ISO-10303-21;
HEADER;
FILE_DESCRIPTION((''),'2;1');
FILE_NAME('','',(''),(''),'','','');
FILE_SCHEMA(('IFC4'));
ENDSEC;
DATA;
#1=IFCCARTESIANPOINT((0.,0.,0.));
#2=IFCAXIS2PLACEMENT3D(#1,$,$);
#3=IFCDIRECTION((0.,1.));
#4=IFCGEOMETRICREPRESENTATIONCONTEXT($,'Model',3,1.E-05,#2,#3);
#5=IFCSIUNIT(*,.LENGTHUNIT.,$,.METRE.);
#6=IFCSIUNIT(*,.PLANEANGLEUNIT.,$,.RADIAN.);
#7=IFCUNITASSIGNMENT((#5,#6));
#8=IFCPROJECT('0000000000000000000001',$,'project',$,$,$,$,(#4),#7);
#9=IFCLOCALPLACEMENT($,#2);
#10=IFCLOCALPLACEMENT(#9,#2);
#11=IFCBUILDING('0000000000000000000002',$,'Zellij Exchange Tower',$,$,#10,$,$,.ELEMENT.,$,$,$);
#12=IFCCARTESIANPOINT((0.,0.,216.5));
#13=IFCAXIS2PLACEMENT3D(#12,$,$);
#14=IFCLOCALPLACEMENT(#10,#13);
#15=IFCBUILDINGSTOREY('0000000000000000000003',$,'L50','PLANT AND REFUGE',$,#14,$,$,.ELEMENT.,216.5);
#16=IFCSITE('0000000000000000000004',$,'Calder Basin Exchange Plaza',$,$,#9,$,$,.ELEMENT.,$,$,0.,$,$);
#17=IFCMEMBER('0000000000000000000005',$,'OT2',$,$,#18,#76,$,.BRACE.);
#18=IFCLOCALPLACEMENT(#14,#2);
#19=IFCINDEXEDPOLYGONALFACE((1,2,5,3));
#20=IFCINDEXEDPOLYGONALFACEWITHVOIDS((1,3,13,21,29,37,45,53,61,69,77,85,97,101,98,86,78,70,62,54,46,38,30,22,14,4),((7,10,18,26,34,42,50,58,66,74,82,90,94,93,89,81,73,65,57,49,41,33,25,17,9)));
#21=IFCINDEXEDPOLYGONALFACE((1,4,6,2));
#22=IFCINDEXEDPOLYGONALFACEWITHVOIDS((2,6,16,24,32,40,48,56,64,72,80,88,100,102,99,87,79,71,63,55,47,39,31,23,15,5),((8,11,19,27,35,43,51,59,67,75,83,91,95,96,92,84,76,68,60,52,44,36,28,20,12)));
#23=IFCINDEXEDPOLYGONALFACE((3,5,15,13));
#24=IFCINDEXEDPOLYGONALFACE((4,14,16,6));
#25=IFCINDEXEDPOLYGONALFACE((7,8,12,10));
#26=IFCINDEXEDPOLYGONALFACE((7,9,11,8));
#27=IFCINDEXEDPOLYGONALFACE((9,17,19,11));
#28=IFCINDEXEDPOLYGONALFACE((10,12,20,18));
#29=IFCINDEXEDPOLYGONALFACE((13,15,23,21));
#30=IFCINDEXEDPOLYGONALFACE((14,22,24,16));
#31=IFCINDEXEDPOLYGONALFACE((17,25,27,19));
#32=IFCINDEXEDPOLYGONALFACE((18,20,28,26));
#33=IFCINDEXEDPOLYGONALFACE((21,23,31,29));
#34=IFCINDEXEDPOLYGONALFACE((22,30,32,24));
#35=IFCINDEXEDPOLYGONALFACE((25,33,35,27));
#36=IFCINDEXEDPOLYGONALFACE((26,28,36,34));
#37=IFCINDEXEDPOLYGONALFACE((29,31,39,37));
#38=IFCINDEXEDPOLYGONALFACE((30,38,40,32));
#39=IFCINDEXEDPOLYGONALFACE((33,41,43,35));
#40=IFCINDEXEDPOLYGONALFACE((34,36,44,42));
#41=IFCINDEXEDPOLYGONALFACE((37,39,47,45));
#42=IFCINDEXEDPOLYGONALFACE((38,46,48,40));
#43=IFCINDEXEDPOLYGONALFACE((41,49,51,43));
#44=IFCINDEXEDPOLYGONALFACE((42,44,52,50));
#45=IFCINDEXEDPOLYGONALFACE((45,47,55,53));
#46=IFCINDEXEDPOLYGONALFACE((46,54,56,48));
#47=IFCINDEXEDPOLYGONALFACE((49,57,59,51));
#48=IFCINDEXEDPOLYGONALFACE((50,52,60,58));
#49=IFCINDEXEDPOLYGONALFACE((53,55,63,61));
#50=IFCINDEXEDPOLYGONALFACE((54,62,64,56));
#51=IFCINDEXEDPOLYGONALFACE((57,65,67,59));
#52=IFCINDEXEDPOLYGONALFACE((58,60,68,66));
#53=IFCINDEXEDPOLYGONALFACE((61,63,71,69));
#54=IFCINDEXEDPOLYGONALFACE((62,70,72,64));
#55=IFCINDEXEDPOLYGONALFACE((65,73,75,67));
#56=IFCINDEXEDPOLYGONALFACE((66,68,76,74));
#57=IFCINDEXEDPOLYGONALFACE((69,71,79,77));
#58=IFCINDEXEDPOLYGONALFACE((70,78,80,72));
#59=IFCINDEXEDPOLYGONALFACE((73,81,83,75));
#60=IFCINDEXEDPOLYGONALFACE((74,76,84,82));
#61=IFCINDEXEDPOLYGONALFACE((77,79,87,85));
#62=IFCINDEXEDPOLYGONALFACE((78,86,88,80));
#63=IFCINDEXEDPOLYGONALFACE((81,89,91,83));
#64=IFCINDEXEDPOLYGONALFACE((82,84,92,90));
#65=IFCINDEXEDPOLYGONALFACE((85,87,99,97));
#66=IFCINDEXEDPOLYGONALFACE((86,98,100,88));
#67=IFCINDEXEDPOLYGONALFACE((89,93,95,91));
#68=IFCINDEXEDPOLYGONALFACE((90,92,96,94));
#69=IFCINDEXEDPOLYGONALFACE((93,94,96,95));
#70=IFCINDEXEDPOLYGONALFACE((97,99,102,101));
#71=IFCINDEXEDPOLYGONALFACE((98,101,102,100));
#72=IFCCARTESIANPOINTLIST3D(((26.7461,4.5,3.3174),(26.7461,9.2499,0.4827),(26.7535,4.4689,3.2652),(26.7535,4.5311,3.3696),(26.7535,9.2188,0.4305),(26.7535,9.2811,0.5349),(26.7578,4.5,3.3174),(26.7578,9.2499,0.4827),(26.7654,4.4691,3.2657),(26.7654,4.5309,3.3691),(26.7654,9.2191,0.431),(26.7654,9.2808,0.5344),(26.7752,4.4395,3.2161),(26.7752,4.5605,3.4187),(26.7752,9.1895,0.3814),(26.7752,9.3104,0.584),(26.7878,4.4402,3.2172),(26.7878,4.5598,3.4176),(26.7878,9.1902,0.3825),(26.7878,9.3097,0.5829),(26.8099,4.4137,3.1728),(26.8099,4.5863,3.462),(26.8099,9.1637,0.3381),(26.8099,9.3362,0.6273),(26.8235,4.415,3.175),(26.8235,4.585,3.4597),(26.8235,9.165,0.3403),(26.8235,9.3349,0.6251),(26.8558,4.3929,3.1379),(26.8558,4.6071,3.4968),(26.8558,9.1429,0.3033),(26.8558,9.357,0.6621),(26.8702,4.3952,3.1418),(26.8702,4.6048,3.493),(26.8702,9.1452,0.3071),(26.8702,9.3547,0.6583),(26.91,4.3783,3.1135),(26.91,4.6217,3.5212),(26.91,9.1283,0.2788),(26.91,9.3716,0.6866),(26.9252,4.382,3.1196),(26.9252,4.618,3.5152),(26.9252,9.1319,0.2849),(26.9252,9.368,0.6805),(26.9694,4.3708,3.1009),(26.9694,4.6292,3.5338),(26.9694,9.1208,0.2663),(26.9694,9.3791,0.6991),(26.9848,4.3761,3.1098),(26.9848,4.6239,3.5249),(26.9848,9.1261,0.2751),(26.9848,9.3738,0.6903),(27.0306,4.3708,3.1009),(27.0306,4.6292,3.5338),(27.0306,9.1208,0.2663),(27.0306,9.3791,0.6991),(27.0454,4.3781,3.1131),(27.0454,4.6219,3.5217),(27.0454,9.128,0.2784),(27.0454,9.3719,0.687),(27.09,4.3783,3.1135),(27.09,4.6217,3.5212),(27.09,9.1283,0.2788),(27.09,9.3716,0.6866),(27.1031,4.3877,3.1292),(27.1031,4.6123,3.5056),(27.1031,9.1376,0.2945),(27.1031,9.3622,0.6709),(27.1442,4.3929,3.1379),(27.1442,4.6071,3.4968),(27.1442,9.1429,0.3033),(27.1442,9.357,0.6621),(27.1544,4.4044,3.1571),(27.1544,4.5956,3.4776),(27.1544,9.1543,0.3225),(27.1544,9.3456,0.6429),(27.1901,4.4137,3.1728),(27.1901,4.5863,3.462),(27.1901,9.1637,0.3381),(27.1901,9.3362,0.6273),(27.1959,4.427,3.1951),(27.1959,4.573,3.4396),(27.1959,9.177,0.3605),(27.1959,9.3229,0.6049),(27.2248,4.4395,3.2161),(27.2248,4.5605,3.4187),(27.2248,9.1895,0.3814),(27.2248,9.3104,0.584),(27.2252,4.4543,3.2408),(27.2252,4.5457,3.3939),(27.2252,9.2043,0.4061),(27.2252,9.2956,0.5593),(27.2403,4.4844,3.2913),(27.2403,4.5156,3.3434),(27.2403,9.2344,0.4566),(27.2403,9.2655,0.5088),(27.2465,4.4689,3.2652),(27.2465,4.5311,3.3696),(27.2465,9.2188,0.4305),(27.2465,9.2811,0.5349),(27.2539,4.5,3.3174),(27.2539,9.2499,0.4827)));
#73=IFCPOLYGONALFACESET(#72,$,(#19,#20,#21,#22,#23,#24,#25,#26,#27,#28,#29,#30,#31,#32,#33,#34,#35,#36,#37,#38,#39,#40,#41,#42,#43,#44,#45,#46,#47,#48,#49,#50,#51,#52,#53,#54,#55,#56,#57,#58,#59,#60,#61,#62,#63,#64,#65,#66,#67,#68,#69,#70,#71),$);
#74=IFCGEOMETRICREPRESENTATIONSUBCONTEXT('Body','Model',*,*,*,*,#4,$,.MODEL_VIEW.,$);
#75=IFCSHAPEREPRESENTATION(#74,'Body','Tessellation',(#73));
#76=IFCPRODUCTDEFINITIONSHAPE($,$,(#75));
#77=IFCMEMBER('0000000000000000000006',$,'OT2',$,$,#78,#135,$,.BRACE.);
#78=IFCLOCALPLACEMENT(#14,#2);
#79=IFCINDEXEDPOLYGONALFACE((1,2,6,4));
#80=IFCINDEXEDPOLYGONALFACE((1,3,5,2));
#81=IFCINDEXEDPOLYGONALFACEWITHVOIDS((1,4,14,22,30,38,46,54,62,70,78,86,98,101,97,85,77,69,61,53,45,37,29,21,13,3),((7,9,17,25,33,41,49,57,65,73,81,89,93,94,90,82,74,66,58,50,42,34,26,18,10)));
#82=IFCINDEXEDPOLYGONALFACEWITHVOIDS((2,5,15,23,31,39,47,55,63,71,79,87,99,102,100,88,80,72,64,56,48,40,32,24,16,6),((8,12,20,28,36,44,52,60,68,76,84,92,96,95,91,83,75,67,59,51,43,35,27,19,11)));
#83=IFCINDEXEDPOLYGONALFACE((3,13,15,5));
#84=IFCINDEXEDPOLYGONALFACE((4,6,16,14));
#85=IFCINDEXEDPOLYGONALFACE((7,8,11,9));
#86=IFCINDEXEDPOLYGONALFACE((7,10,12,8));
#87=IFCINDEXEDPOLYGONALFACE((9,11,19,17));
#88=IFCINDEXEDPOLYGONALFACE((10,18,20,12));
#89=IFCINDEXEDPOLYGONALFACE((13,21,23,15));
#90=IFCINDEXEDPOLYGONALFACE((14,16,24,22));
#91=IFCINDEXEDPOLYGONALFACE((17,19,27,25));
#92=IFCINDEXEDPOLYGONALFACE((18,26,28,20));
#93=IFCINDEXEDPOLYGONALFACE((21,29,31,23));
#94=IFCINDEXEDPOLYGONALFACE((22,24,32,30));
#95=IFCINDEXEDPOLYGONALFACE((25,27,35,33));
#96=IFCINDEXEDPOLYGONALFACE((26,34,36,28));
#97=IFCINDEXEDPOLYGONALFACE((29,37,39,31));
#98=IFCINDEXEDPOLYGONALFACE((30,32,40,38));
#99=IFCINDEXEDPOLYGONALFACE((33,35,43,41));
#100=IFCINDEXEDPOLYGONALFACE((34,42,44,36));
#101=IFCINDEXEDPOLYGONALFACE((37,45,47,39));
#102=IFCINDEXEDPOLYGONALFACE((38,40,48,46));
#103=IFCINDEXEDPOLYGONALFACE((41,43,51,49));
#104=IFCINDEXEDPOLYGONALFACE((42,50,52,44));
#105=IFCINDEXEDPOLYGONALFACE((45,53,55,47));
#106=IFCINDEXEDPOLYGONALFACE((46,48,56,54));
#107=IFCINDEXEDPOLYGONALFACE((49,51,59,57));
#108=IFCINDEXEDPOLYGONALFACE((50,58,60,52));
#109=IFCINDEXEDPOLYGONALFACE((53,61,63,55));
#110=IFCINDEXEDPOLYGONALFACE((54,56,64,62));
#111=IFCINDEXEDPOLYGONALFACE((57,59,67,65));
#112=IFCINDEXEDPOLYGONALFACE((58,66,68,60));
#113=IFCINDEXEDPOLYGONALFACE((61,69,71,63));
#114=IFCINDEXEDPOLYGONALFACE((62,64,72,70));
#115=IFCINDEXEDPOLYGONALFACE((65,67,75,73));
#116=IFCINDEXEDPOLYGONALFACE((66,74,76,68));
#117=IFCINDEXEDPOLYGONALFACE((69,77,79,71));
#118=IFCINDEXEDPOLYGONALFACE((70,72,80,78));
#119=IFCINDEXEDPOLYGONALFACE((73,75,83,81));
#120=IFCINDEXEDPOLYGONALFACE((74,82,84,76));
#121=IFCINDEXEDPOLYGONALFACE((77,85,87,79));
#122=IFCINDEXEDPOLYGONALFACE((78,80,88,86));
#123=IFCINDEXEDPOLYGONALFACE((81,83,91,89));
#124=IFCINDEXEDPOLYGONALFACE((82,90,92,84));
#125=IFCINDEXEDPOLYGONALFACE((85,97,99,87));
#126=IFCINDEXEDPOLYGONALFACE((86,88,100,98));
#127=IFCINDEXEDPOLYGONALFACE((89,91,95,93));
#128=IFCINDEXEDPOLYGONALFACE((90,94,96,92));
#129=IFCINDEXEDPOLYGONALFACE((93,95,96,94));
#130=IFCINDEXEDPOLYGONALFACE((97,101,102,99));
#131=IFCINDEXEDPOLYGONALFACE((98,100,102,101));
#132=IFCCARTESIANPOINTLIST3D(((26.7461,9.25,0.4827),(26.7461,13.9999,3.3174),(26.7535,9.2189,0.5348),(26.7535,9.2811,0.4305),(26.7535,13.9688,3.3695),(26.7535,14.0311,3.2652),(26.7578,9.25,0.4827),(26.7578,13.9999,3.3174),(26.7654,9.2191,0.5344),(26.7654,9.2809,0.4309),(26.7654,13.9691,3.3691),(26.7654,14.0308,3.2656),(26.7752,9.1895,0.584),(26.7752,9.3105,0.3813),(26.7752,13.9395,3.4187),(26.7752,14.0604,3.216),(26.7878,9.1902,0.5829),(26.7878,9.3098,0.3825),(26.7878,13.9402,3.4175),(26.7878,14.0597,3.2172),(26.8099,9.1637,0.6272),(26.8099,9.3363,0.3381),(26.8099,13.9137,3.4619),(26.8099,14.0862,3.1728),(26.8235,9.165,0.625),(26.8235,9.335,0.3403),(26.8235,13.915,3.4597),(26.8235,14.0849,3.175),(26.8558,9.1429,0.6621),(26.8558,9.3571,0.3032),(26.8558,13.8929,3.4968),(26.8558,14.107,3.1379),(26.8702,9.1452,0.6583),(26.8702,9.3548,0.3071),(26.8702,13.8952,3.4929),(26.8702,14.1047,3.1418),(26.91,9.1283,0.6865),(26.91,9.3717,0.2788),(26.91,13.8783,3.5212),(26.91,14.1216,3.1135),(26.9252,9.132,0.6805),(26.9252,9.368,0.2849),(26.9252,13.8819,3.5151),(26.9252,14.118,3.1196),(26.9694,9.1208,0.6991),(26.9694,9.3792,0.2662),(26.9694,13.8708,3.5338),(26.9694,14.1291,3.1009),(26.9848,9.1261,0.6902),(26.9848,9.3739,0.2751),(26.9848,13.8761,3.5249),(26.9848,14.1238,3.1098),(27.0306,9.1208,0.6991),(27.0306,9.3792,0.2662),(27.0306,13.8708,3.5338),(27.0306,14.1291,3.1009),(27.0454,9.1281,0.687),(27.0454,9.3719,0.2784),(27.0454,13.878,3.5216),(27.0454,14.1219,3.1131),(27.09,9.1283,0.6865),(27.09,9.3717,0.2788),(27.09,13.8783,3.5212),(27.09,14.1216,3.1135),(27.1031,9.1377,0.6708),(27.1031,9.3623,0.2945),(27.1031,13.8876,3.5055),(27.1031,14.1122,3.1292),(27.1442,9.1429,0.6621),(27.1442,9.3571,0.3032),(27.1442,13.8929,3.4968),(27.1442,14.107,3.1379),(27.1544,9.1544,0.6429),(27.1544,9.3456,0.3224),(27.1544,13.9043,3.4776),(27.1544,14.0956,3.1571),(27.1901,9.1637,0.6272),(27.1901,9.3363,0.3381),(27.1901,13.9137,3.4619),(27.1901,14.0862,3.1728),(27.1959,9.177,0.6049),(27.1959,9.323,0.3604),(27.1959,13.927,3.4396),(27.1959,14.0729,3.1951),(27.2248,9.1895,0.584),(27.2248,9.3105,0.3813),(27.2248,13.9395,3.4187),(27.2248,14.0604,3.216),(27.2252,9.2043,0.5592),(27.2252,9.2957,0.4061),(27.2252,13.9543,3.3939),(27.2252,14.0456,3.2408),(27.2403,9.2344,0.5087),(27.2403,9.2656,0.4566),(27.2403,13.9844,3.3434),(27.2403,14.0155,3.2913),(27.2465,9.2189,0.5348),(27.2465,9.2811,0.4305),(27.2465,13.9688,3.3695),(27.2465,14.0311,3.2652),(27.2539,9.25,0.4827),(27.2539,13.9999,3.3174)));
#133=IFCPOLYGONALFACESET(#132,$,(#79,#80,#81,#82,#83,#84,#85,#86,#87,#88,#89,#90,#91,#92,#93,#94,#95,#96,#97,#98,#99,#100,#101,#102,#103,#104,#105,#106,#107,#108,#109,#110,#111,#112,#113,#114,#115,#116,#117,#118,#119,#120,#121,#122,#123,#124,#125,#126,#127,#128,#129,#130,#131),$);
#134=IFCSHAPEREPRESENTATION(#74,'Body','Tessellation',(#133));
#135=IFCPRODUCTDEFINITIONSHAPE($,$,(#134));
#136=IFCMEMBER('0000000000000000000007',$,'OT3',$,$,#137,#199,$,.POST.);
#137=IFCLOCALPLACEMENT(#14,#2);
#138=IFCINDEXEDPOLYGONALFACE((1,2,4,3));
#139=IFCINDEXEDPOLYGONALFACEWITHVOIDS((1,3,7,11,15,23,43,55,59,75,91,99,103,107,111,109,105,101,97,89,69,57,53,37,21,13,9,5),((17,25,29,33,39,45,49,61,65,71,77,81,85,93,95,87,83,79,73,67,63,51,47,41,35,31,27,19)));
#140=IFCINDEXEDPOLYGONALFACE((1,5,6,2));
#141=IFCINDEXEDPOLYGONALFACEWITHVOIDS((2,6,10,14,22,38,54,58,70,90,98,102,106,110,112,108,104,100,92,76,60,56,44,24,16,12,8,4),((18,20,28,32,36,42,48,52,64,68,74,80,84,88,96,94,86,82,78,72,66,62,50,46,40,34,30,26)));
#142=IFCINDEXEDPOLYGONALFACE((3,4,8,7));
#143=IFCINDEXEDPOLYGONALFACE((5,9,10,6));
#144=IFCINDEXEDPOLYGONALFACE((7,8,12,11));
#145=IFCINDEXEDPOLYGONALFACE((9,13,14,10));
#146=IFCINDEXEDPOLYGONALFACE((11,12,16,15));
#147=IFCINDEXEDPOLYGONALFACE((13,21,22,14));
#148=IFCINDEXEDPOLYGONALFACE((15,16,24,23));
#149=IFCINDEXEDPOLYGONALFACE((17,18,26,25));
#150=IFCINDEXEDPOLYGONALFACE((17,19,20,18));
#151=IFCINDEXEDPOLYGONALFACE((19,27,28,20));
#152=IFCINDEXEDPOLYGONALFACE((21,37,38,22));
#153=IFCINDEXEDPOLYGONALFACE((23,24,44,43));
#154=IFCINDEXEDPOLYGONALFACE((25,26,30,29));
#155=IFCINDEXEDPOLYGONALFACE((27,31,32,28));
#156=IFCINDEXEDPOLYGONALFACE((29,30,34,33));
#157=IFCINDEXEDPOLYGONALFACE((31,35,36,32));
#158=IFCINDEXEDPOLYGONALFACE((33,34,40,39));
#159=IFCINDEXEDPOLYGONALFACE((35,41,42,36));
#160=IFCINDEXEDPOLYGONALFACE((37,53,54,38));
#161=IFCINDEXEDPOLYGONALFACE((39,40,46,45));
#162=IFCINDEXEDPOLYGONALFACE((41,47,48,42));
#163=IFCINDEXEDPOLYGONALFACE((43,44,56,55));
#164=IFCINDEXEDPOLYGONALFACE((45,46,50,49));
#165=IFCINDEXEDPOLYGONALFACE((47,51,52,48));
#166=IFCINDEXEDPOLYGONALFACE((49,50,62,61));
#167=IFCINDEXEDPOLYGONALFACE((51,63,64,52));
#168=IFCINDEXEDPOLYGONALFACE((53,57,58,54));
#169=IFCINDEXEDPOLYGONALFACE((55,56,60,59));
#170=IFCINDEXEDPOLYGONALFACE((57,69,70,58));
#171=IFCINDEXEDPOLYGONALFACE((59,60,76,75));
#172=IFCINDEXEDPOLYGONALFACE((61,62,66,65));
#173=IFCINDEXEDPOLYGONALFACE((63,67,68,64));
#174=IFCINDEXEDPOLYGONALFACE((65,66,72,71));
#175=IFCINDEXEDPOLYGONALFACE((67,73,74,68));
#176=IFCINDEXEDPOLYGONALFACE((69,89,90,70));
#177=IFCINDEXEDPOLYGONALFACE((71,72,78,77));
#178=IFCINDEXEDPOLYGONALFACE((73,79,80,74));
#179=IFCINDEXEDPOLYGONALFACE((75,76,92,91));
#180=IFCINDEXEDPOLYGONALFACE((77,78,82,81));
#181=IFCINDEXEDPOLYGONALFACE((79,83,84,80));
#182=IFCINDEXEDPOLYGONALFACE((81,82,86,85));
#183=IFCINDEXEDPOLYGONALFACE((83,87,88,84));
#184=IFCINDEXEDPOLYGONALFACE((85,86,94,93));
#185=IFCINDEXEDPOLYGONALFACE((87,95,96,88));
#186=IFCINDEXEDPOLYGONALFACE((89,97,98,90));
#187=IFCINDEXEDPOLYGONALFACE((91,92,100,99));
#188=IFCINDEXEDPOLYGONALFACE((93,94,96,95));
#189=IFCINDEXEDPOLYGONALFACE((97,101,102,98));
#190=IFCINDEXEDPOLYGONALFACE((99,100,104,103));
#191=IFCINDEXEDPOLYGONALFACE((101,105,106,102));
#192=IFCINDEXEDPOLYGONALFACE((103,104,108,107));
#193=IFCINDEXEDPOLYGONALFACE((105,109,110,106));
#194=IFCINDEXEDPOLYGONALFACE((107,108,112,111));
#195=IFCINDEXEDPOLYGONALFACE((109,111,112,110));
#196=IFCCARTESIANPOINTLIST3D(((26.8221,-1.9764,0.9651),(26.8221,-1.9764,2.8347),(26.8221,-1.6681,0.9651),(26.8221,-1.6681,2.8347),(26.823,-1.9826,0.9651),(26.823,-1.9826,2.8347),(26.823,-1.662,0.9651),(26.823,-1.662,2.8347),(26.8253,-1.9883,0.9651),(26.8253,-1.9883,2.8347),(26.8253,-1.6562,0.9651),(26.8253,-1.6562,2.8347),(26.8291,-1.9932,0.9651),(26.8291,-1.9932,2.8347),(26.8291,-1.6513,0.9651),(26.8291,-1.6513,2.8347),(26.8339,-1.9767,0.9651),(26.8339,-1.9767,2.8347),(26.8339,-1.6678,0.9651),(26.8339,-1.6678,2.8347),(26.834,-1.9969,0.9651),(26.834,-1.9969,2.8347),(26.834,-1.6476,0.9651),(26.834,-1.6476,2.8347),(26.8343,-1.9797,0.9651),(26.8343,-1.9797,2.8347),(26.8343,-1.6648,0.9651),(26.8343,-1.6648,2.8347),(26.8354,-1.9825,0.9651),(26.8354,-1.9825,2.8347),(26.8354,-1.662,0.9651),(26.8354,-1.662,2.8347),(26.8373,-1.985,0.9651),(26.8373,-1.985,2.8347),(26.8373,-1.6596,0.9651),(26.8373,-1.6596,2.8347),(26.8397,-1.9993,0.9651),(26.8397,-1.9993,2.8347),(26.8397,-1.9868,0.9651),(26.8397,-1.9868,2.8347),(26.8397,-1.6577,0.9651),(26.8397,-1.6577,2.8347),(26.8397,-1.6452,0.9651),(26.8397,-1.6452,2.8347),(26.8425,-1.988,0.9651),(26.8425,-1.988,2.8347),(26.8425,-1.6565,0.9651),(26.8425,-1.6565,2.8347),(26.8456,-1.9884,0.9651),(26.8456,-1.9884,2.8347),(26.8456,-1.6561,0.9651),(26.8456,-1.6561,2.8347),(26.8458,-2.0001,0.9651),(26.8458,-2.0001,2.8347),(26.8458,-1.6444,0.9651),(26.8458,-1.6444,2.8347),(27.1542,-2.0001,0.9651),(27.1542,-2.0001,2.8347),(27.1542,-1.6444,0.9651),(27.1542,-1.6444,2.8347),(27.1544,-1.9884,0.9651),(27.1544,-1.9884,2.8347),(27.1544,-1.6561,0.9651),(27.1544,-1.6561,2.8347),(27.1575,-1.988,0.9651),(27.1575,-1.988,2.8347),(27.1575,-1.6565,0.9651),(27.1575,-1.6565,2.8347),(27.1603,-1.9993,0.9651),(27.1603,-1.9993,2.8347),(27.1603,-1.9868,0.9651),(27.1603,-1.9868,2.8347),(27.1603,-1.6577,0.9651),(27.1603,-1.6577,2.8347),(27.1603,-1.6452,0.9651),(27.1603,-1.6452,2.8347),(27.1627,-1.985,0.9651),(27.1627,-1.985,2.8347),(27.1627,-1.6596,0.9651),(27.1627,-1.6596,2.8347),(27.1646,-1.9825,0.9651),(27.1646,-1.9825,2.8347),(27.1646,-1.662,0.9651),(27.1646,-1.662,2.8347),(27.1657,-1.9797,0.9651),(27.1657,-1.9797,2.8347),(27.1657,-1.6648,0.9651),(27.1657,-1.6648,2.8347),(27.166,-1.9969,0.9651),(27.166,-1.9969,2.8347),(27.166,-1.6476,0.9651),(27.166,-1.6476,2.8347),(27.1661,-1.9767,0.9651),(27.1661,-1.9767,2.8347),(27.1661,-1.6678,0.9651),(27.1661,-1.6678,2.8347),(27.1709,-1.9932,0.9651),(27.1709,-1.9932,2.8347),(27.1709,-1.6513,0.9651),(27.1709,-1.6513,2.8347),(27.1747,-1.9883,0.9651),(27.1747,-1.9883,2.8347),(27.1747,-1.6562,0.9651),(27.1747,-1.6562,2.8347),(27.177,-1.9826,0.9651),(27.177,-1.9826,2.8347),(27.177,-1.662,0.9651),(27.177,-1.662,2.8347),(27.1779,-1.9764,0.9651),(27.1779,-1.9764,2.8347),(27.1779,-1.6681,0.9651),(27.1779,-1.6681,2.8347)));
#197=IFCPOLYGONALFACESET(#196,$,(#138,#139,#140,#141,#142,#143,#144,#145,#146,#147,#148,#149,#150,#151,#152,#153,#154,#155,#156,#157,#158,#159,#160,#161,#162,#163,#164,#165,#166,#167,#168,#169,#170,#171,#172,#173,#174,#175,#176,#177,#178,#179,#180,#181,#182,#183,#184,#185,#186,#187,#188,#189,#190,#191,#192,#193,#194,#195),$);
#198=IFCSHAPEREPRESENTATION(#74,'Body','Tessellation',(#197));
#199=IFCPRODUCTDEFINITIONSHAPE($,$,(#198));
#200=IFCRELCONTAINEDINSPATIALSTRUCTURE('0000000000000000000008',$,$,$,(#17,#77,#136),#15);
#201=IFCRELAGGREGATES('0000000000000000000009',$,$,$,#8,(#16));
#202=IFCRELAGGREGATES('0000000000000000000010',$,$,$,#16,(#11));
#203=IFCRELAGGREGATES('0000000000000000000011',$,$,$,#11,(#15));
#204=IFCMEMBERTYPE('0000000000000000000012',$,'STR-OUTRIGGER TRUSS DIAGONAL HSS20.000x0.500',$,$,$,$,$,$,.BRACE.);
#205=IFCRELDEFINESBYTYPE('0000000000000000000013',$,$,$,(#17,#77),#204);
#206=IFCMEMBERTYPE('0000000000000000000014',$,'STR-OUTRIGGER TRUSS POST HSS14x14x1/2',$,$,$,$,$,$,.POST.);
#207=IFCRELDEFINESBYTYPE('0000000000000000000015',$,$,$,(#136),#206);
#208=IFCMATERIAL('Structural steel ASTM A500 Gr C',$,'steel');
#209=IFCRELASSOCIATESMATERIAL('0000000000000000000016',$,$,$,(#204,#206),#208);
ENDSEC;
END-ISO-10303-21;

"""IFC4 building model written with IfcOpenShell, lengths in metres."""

from ifc_helpers import new_model, si_unit, direction, frame, origin, origin_2d, place, context, subcontext, project, spatial, hollow_rectangle, hollow_circle, extrude, material, material_profile, profile_set, type_object, element, save


model = new_model("IFC4")

# Units and contexts
model_context = context("Model", 3, precision=1e-05, world=origin(), true_north=direction((0.0, 1.0)))
body_context = subcontext(model_context, "Body", "Model", "MODEL_VIEW")
ifc_project = project(units=[si_unit("LENGTHUNIT", "METRE"), si_unit("PLANEANGLEUNIT", "RADIAN")], contexts=[model_context])

# Site, building, storey
site_placement = place(None, origin())
site = spatial("IfcSite", under=ifc_project, at=site_placement, Name="Calder Basin Exchange Plaza", CompositionType="ELEMENT", RefElevation=0.0)
building_placement = place(site_placement, origin())
building = spatial("IfcBuilding", under=site, at=building_placement, Name="Zellij Exchange Tower", CompositionType="ELEMENT")
storey_placement = place(building_placement, frame((0.0, 0.0, 216.5)))
storey = spatial("IfcBuildingStorey", under=building, at=storey_placement, Name="L50", Description="PLANT AND REFUGE", CompositionType="ELEMENT", Elevation=216.5)

# Members
ifc_material_1 = material(Name="Structural steel ASTM A500 Gr C", Category="steel")
ifc_material_profile_1 = material_profile(ifc_material_1, hollow_circle(Radius=0.2539, WallThickness=0.0117, at=origin_2d()), Name="STR-OUTRIGGER TRUSS DIAGONAL HSS20.000x0.500")
ifc_profile_set_1 = profile_set([ifc_material_profile_1], Name="Structural steel ASTM A500 Gr C")
member_type_1 = type_object("IfcMemberType", Name="STR-OUTRIGGER TRUSS DIAGONAL HSS20.000x0.500", PredefinedType="BRACE", material=ifc_profile_set_1)
for number, where, z_axis, x_axis, name in (
    (1, (27.0, 4.5, 3.3174), (0.0, 0.858709, -0.512463), (-1.0, 0.0, 0.0), "OT2"),
    (2, (27.0, 9.25, 0.4827), (0.0, 0.858709, 0.512463), (-1.0, 0.0, 0.0), "OT2"),
):
    element("IfcMember", number, at=place(storey_placement, frame(where, z_axis=z_axis, x_axis=x_axis)), inside=storey, type_object=member_type_1, Name=name, PredefinedType="BRACE", context=body_context, shape_type="SweptSolid", body=[
        extrude(hollow_circle(Radius=0.2539, WallThickness=0.0117, at=origin_2d()), origin(), (0.0, 0.0, 1.0), 5.5315),
    ])
ifc_material_profile_2 = material_profile(ifc_material_1, hollow_rectangle(XDim=0.3557, YDim=0.3557, WallThickness=0.0117, InnerFilletRadius=0.0117, OuterFilletRadius=0.0237, at=origin_2d()), Name="STR-OUTRIGGER TRUSS POST HSS14x14x1/2")
ifc_profile_set_2 = profile_set([ifc_material_profile_2], Name="Structural steel ASTM A500 Gr C")
member_type_2 = type_object("IfcMemberType", Name="STR-OUTRIGGER TRUSS POST HSS14x14x1/2", PredefinedType="POST", material=ifc_profile_set_2)
for number, where, z_axis, x_axis, name in (
    (3, (27.0, -1.8223, 0.9651), (0.0, 0.0, 1.0), (1.0, 0.0, 0.0), "OT3"),
):
    element("IfcMember", number, at=place(storey_placement, frame(where, z_axis=z_axis, x_axis=x_axis)), inside=storey, type_object=member_type_2, Name=name, PredefinedType="POST", context=body_context, shape_type="SweptSolid", body=[
        extrude(hollow_rectangle(XDim=0.3557, YDim=0.3557, WallThickness=0.0117, InnerFilletRadius=0.0117, OuterFilletRadius=0.0237, at=origin_2d()), origin(), (0.0, 0.0, 1.0), 1.8696),
    ])

save(model, "model.ifc")
